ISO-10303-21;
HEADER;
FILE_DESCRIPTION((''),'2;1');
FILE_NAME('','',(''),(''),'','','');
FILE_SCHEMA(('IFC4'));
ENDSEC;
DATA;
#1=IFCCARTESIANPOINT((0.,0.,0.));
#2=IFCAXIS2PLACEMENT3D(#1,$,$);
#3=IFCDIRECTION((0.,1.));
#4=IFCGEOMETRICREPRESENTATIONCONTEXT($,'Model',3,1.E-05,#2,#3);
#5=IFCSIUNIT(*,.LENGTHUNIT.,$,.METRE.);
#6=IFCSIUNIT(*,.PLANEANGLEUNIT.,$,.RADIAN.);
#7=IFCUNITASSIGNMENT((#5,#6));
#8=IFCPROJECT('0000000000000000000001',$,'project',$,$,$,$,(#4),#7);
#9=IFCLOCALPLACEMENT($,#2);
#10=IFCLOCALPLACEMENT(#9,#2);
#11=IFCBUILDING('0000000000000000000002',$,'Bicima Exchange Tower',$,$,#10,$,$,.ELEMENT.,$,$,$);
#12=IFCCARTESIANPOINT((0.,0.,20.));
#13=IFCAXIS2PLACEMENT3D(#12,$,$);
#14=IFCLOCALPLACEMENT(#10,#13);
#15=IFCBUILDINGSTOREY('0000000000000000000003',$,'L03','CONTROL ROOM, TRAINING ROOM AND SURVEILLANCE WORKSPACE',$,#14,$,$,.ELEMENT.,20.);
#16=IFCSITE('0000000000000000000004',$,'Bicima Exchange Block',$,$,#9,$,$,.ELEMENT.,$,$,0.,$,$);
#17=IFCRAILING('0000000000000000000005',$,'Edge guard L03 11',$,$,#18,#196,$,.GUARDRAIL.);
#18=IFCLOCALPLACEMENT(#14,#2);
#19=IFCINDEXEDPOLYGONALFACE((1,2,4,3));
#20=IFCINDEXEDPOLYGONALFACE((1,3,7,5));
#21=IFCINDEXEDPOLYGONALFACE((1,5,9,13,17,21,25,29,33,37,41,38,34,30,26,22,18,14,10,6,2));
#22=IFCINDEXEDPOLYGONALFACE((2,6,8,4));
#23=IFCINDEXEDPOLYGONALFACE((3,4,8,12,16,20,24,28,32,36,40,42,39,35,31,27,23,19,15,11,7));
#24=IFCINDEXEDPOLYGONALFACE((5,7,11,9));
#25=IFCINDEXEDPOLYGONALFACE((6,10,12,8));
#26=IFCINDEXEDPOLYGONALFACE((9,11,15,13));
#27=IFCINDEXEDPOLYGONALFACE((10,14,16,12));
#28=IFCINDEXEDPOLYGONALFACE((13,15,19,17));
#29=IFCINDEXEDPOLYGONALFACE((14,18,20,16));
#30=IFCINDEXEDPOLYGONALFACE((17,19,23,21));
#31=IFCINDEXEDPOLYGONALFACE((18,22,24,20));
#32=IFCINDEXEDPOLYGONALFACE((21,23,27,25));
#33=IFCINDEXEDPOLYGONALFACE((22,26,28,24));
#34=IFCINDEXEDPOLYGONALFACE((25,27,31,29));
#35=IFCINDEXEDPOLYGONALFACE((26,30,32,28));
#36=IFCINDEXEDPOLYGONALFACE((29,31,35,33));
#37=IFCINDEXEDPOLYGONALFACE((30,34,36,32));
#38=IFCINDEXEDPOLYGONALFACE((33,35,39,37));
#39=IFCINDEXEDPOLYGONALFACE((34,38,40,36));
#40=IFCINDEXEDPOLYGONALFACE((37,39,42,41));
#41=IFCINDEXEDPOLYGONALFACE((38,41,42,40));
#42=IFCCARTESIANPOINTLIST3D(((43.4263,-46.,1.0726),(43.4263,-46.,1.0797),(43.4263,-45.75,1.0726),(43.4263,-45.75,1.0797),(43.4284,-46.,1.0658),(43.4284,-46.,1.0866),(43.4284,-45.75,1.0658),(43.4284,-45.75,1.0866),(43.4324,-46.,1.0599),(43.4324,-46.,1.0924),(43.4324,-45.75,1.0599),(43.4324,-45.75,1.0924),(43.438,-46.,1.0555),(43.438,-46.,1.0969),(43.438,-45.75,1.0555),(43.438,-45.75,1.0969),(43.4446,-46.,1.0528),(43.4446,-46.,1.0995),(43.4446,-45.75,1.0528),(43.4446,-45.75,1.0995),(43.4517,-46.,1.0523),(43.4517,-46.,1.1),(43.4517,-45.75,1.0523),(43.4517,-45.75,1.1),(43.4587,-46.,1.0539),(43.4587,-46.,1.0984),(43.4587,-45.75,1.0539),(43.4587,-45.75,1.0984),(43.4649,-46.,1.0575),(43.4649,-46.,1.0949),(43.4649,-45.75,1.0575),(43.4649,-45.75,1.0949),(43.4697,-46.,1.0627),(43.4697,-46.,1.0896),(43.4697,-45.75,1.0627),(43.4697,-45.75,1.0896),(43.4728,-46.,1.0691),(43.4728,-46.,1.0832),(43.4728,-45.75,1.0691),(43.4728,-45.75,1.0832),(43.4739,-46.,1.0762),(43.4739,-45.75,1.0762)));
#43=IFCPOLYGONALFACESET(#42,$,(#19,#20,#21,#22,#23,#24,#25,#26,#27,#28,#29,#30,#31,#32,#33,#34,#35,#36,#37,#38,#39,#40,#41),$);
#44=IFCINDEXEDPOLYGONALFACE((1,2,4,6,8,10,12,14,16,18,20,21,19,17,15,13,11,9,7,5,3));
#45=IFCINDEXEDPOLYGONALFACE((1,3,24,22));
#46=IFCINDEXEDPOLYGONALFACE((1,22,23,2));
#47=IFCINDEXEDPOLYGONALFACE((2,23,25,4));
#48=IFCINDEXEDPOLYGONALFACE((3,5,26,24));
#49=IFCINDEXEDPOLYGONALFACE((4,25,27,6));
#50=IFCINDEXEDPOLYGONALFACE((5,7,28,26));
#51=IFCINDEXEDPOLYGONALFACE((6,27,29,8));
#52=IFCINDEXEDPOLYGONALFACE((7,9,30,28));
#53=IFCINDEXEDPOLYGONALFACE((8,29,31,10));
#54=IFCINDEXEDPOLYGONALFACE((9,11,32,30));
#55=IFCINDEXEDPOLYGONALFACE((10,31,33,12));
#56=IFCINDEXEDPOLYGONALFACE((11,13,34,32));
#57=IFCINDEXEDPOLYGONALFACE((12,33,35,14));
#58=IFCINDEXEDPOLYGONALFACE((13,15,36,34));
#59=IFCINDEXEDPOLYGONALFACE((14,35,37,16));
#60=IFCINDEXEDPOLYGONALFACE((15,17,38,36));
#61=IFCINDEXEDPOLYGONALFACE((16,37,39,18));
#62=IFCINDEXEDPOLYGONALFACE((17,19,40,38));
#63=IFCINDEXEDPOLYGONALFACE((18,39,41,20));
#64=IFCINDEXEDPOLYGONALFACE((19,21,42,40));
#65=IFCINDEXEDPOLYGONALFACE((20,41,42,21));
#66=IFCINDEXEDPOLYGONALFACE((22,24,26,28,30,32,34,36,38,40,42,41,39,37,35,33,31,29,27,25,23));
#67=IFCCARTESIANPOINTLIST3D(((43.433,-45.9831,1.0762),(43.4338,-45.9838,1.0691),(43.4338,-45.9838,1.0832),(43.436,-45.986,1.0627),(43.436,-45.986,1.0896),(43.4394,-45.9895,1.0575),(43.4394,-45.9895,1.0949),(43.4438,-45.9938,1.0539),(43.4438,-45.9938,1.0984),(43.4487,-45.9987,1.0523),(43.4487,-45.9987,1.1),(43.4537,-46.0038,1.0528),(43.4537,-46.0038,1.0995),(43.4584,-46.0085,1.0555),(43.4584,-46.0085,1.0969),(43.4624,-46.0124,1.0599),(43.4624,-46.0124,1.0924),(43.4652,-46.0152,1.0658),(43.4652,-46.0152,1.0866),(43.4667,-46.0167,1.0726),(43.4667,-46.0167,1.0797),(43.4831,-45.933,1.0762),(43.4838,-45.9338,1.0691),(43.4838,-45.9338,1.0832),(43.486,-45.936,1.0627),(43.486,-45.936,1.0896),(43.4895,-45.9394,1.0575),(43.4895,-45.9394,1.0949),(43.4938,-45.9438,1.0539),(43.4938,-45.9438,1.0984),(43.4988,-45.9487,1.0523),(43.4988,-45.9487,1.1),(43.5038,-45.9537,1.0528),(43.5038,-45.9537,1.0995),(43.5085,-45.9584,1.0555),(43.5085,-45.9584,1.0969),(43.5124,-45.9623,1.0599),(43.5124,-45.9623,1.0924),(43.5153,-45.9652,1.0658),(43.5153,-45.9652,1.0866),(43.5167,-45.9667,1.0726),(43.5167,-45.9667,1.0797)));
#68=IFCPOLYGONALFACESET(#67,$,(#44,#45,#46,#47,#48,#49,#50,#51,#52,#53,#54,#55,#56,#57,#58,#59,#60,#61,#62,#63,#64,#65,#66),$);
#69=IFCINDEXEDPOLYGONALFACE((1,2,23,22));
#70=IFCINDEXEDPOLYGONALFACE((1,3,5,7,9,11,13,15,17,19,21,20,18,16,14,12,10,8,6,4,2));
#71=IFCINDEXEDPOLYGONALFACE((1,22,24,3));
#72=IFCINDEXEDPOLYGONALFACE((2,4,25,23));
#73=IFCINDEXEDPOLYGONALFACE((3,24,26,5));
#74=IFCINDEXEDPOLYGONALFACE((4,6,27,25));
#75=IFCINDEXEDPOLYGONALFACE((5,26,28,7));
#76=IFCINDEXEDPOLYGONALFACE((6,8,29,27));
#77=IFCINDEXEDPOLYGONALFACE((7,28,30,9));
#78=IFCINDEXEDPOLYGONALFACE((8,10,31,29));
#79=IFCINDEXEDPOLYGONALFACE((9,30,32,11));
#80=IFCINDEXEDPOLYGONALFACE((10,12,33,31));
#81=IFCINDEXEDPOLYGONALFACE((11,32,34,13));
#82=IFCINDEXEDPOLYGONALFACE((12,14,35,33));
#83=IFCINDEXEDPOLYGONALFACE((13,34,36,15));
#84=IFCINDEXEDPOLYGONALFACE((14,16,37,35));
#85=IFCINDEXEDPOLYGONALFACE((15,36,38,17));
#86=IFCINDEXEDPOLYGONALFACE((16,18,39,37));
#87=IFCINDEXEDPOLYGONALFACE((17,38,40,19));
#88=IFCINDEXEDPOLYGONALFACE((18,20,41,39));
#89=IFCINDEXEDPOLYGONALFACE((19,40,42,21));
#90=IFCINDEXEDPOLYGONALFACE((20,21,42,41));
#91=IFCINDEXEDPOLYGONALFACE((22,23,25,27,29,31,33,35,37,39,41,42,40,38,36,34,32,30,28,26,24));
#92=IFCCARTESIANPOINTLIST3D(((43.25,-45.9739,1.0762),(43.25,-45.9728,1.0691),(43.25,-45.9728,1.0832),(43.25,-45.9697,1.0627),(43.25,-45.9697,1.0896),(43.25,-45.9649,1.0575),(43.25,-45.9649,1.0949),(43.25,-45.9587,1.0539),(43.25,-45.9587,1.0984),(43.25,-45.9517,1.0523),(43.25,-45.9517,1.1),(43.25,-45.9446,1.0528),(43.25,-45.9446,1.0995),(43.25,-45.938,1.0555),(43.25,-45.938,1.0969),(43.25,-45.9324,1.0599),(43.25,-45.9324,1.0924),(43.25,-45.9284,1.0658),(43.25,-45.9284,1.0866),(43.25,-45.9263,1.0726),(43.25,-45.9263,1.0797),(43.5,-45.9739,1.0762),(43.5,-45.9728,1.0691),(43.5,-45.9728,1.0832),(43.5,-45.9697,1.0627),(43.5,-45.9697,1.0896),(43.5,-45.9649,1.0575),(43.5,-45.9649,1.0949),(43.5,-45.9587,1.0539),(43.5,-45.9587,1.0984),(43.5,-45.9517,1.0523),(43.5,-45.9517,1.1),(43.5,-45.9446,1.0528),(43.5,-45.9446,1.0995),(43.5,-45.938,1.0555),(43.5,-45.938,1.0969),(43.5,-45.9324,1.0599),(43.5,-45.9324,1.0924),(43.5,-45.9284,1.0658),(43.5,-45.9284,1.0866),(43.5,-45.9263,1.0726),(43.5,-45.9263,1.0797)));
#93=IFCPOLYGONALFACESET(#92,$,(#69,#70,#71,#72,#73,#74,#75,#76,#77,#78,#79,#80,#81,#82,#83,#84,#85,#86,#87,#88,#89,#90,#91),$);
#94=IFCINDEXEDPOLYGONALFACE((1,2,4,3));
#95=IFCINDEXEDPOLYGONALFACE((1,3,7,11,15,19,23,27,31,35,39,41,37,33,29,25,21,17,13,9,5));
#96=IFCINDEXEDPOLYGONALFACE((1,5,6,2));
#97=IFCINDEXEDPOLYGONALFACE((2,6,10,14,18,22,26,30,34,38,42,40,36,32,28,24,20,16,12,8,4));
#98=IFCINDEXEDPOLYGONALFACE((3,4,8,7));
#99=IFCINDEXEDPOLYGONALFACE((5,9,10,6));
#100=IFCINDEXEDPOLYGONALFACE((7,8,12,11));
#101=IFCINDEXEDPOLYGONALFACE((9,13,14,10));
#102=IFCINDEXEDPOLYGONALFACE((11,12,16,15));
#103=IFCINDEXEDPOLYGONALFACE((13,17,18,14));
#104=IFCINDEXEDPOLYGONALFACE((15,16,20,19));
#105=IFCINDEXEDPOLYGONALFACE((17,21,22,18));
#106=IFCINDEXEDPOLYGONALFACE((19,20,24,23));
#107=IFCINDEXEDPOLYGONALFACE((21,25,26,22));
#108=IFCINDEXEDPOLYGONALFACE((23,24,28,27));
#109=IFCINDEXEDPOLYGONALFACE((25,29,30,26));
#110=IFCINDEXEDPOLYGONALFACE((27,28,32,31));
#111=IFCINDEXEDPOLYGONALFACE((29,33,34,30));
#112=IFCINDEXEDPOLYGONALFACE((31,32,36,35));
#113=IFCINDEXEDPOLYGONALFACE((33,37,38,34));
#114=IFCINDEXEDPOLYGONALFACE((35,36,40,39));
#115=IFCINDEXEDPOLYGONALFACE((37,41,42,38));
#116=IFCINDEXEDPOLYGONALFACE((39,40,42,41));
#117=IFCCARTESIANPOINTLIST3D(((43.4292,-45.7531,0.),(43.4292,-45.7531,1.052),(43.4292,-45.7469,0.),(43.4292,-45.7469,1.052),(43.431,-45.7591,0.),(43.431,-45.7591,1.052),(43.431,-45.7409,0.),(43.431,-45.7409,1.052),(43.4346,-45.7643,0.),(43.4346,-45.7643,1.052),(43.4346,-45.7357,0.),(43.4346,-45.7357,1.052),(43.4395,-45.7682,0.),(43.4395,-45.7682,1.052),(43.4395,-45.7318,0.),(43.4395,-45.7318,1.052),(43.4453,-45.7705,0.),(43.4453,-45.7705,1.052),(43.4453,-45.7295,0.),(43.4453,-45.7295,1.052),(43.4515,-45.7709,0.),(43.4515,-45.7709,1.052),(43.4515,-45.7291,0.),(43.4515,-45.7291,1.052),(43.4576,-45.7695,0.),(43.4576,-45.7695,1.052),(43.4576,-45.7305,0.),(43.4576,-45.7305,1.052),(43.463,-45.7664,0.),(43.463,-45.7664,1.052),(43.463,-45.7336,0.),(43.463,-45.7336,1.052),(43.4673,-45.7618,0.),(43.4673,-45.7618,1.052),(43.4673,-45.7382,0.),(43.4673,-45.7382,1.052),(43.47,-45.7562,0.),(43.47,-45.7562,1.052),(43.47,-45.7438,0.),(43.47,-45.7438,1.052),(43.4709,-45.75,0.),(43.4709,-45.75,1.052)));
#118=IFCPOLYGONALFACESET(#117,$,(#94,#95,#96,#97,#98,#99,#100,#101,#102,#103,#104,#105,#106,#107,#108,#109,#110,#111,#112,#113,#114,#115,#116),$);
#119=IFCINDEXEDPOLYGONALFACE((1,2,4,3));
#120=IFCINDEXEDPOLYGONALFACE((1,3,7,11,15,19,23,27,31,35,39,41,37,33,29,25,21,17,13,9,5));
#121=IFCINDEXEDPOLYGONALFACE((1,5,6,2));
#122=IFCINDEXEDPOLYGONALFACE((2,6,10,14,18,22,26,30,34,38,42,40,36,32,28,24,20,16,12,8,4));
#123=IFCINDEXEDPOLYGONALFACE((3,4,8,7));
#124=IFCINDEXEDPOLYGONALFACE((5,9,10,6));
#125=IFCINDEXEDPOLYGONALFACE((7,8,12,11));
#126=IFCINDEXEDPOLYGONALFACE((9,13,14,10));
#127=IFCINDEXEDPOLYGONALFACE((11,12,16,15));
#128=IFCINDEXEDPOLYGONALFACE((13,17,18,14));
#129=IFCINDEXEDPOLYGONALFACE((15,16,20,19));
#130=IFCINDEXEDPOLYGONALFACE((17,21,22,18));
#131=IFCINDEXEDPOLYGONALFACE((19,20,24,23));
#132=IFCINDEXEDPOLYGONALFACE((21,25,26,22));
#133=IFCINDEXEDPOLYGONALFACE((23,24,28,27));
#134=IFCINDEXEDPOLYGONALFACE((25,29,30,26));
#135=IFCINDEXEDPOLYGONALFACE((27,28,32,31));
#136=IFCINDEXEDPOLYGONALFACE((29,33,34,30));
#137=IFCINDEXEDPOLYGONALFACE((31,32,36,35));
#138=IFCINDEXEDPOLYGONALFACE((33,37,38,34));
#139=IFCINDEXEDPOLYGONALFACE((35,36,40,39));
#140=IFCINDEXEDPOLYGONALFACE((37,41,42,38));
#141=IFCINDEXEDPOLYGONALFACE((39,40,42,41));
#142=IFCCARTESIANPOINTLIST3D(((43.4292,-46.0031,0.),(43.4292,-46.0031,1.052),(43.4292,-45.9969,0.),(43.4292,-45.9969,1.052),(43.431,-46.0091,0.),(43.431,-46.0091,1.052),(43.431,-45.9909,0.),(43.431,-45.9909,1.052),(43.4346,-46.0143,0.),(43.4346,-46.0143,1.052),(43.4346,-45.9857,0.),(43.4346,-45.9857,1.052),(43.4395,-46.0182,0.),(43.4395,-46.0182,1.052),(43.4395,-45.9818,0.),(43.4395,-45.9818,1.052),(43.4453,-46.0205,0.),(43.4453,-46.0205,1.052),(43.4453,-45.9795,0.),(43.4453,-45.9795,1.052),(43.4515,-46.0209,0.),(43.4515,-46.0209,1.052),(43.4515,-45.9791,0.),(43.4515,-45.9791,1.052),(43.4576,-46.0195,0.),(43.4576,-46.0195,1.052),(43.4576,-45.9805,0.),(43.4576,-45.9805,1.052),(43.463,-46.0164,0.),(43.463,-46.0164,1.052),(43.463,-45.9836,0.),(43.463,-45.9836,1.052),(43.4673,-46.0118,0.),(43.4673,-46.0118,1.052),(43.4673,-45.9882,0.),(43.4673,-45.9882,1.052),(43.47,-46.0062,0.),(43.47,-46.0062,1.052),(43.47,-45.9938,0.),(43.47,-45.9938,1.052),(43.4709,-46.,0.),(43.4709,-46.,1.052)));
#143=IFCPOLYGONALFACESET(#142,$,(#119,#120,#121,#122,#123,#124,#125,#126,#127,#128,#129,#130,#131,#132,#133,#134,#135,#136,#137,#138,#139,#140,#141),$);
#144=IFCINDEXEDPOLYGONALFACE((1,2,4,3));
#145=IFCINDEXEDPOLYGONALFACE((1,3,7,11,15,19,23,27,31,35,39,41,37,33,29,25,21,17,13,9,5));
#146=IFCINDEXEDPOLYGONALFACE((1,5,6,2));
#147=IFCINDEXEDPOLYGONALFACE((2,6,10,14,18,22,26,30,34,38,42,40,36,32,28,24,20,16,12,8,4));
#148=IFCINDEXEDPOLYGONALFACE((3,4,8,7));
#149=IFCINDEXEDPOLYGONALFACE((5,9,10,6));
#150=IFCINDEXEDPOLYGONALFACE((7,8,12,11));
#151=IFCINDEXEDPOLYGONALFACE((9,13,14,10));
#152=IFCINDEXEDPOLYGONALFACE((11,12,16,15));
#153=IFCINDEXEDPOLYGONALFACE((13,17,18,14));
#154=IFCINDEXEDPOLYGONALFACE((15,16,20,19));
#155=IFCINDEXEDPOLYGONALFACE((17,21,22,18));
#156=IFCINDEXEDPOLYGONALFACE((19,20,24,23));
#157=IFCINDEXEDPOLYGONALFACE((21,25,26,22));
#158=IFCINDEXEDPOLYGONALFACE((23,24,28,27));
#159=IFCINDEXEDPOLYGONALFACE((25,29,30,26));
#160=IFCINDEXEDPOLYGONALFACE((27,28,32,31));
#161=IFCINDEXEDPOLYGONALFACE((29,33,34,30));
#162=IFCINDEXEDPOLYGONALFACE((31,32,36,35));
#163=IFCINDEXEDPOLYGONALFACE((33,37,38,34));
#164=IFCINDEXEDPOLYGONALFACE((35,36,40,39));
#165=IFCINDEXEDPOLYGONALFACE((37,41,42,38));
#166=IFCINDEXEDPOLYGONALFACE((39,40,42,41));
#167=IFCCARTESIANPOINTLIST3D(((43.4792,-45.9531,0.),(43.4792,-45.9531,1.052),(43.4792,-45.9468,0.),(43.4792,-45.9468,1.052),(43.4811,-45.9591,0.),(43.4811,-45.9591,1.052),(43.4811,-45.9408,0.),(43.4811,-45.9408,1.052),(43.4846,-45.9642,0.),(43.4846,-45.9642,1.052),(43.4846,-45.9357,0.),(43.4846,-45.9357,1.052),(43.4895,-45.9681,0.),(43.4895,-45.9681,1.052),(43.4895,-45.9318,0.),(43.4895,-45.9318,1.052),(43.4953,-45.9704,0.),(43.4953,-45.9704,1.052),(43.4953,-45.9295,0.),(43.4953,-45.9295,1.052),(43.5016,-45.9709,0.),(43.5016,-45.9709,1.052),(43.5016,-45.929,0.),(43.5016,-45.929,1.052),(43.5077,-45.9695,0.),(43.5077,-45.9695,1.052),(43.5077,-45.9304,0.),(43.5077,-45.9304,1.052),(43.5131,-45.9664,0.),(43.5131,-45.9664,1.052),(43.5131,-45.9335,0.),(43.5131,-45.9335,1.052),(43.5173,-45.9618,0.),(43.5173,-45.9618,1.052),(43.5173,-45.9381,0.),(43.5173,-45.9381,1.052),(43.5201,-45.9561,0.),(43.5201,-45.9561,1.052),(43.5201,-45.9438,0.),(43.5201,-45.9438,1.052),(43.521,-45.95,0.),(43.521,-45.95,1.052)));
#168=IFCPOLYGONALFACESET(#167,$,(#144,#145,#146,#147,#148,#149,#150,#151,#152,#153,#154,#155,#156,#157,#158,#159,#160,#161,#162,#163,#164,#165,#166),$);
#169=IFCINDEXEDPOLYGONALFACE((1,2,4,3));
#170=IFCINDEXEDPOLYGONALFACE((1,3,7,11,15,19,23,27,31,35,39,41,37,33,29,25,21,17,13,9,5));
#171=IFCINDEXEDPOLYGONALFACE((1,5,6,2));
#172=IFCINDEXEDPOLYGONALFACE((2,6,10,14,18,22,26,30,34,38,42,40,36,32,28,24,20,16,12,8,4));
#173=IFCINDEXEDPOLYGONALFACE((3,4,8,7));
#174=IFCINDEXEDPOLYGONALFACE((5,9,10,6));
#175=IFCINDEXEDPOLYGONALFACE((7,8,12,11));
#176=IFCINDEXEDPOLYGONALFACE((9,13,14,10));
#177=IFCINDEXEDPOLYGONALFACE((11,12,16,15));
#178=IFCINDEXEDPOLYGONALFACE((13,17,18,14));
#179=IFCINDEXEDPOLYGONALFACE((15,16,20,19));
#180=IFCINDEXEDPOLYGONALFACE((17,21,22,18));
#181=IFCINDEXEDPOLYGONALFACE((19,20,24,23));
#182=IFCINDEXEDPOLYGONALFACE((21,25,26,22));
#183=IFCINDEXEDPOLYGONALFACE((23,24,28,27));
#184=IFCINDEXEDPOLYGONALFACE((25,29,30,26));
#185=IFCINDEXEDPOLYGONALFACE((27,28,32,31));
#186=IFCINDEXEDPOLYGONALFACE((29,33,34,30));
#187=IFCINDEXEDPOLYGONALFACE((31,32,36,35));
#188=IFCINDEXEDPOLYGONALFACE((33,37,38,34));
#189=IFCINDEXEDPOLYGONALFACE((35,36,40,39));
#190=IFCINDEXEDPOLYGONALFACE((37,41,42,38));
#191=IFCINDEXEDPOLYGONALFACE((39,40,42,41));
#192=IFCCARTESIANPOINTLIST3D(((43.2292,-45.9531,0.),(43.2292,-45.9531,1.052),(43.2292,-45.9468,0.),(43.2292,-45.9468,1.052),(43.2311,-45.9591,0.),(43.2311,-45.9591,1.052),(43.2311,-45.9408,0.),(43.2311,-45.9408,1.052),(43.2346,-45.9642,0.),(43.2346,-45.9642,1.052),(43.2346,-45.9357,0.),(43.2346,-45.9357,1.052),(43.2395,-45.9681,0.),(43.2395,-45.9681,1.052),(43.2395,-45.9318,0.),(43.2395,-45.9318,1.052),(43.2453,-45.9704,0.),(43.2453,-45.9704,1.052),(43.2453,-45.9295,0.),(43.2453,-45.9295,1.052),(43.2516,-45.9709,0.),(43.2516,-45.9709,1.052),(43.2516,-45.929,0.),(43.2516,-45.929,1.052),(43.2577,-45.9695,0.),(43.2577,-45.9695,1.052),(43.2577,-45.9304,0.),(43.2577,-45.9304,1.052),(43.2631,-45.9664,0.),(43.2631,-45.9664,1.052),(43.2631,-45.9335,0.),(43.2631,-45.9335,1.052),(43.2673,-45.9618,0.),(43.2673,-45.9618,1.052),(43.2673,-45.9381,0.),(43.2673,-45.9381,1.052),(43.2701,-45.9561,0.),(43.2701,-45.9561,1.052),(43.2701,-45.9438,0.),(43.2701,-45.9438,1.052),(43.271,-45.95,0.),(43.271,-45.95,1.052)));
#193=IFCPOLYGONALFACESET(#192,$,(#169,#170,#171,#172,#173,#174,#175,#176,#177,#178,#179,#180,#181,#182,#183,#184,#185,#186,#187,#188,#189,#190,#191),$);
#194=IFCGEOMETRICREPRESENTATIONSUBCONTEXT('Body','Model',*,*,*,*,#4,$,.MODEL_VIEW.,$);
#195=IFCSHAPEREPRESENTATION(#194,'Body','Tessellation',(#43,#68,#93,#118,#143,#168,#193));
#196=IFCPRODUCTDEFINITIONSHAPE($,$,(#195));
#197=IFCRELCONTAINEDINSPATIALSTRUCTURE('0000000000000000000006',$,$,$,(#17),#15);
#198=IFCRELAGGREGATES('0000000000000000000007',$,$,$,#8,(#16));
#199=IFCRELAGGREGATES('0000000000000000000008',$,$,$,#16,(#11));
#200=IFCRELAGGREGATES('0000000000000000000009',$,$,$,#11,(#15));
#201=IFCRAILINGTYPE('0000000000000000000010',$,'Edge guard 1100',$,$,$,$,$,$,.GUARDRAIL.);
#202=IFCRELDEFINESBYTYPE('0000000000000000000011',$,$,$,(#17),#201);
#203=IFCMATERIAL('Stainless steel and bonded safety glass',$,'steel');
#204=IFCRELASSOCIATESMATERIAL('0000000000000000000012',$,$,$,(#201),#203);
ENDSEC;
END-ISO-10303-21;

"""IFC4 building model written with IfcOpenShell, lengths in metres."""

from ifc_helpers import new_model, si_unit, direction, frame, origin, origin_2d, place, context, subcontext, project, spatial, circle, extrude, material, type_object, element, save


model = new_model("IFC4")

# Units and contexts
model_context = context("Model", 3, precision=1e-05, world=origin(), true_north=direction((0.0, 1.0)))
body_context = subcontext(model_context, "Body", "Model", "MODEL_VIEW")
ifc_project = project(units=[si_unit("LENGTHUNIT", "METRE"), si_unit("PLANEANGLEUNIT", "RADIAN")], contexts=[model_context])

# Site, building, storey
site_placement = place(None, origin())
site = spatial("IfcSite", under=ifc_project, at=site_placement, Name="Bicima Exchange Block", CompositionType="ELEMENT", RefElevation=0.0)
building_placement = place(site_placement, origin())
building = spatial("IfcBuilding", under=site, at=building_placement, Name="Bicima Exchange Tower", CompositionType="ELEMENT")
storey_placement = place(building_placement, frame((0.0, 0.0, 20.0)))
storey = spatial("IfcBuildingStorey", under=building, at=storey_placement, Name="L03", Description="CONTROL ROOM, TRAINING ROOM AND SURVEILLANCE WORKSPACE", CompositionType="ELEMENT", Elevation=20.0)

# Railing
ifc_material_1 = material(Name="Stainless steel and bonded safety glass", Category="steel")
railing_type = type_object("IfcRailingType", Name="Edge guard 1100", PredefinedType="GUARDRAIL", material=ifc_material_1)
railing_placement = place(storey_placement, frame((43.45, -45.75, 0.0)))
element("IfcRailing", 1, at=railing_placement, inside=storey, type_object=railing_type, Name="Edge guard L03 11", PredefinedType="GUARDRAIL", context=body_context, shape_type="SweptSolid", body=[
    extrude(circle(Radius=0.0239, at=origin_2d()), frame((0.0, 0.0, 1.0762), z_axis=(0.0, -1.0, 0.0), x_axis=(1.0, 0.0, 0.0)), (0.0, 0.0, 1.0), 0.25),
    extrude(circle(Radius=0.0239, at=origin_2d()), frame((0.0, -0.25, 1.0762), z_axis=(0.707107, 0.707107, 0.0), x_axis=(-0.707107, 0.707107, 0.0)), (0.0, 0.0, 1.0), 0.0708),
    extrude(circle(Radius=0.0239, at=origin_2d()), frame((0.05, -0.2, 1.0762), z_axis=(-1.0, 0.0, 0.0), x_axis=(0.0, -1.0, 0.0)), (0.0, 0.0, 1.0), 0.25),
    extrude(circle(Radius=0.021, at=origin_2d()), origin(), (0.0, 0.0, 1.0), 1.052),
    extrude(circle(Radius=0.021, at=origin_2d()), frame((0.0, -0.25, 0.0)), (0.0, 0.0, 1.0), 1.052),
    extrude(circle(Radius=0.021, at=origin_2d()), frame((0.05, -0.2, 0.0)), (0.0, 0.0, 1.0), 1.052),
    extrude(circle(Radius=0.021, at=origin_2d()), frame((-0.2, -0.2, 0.0)), (0.0, 0.0, 1.0), 1.052),
])

save(model, "model.ifc")
